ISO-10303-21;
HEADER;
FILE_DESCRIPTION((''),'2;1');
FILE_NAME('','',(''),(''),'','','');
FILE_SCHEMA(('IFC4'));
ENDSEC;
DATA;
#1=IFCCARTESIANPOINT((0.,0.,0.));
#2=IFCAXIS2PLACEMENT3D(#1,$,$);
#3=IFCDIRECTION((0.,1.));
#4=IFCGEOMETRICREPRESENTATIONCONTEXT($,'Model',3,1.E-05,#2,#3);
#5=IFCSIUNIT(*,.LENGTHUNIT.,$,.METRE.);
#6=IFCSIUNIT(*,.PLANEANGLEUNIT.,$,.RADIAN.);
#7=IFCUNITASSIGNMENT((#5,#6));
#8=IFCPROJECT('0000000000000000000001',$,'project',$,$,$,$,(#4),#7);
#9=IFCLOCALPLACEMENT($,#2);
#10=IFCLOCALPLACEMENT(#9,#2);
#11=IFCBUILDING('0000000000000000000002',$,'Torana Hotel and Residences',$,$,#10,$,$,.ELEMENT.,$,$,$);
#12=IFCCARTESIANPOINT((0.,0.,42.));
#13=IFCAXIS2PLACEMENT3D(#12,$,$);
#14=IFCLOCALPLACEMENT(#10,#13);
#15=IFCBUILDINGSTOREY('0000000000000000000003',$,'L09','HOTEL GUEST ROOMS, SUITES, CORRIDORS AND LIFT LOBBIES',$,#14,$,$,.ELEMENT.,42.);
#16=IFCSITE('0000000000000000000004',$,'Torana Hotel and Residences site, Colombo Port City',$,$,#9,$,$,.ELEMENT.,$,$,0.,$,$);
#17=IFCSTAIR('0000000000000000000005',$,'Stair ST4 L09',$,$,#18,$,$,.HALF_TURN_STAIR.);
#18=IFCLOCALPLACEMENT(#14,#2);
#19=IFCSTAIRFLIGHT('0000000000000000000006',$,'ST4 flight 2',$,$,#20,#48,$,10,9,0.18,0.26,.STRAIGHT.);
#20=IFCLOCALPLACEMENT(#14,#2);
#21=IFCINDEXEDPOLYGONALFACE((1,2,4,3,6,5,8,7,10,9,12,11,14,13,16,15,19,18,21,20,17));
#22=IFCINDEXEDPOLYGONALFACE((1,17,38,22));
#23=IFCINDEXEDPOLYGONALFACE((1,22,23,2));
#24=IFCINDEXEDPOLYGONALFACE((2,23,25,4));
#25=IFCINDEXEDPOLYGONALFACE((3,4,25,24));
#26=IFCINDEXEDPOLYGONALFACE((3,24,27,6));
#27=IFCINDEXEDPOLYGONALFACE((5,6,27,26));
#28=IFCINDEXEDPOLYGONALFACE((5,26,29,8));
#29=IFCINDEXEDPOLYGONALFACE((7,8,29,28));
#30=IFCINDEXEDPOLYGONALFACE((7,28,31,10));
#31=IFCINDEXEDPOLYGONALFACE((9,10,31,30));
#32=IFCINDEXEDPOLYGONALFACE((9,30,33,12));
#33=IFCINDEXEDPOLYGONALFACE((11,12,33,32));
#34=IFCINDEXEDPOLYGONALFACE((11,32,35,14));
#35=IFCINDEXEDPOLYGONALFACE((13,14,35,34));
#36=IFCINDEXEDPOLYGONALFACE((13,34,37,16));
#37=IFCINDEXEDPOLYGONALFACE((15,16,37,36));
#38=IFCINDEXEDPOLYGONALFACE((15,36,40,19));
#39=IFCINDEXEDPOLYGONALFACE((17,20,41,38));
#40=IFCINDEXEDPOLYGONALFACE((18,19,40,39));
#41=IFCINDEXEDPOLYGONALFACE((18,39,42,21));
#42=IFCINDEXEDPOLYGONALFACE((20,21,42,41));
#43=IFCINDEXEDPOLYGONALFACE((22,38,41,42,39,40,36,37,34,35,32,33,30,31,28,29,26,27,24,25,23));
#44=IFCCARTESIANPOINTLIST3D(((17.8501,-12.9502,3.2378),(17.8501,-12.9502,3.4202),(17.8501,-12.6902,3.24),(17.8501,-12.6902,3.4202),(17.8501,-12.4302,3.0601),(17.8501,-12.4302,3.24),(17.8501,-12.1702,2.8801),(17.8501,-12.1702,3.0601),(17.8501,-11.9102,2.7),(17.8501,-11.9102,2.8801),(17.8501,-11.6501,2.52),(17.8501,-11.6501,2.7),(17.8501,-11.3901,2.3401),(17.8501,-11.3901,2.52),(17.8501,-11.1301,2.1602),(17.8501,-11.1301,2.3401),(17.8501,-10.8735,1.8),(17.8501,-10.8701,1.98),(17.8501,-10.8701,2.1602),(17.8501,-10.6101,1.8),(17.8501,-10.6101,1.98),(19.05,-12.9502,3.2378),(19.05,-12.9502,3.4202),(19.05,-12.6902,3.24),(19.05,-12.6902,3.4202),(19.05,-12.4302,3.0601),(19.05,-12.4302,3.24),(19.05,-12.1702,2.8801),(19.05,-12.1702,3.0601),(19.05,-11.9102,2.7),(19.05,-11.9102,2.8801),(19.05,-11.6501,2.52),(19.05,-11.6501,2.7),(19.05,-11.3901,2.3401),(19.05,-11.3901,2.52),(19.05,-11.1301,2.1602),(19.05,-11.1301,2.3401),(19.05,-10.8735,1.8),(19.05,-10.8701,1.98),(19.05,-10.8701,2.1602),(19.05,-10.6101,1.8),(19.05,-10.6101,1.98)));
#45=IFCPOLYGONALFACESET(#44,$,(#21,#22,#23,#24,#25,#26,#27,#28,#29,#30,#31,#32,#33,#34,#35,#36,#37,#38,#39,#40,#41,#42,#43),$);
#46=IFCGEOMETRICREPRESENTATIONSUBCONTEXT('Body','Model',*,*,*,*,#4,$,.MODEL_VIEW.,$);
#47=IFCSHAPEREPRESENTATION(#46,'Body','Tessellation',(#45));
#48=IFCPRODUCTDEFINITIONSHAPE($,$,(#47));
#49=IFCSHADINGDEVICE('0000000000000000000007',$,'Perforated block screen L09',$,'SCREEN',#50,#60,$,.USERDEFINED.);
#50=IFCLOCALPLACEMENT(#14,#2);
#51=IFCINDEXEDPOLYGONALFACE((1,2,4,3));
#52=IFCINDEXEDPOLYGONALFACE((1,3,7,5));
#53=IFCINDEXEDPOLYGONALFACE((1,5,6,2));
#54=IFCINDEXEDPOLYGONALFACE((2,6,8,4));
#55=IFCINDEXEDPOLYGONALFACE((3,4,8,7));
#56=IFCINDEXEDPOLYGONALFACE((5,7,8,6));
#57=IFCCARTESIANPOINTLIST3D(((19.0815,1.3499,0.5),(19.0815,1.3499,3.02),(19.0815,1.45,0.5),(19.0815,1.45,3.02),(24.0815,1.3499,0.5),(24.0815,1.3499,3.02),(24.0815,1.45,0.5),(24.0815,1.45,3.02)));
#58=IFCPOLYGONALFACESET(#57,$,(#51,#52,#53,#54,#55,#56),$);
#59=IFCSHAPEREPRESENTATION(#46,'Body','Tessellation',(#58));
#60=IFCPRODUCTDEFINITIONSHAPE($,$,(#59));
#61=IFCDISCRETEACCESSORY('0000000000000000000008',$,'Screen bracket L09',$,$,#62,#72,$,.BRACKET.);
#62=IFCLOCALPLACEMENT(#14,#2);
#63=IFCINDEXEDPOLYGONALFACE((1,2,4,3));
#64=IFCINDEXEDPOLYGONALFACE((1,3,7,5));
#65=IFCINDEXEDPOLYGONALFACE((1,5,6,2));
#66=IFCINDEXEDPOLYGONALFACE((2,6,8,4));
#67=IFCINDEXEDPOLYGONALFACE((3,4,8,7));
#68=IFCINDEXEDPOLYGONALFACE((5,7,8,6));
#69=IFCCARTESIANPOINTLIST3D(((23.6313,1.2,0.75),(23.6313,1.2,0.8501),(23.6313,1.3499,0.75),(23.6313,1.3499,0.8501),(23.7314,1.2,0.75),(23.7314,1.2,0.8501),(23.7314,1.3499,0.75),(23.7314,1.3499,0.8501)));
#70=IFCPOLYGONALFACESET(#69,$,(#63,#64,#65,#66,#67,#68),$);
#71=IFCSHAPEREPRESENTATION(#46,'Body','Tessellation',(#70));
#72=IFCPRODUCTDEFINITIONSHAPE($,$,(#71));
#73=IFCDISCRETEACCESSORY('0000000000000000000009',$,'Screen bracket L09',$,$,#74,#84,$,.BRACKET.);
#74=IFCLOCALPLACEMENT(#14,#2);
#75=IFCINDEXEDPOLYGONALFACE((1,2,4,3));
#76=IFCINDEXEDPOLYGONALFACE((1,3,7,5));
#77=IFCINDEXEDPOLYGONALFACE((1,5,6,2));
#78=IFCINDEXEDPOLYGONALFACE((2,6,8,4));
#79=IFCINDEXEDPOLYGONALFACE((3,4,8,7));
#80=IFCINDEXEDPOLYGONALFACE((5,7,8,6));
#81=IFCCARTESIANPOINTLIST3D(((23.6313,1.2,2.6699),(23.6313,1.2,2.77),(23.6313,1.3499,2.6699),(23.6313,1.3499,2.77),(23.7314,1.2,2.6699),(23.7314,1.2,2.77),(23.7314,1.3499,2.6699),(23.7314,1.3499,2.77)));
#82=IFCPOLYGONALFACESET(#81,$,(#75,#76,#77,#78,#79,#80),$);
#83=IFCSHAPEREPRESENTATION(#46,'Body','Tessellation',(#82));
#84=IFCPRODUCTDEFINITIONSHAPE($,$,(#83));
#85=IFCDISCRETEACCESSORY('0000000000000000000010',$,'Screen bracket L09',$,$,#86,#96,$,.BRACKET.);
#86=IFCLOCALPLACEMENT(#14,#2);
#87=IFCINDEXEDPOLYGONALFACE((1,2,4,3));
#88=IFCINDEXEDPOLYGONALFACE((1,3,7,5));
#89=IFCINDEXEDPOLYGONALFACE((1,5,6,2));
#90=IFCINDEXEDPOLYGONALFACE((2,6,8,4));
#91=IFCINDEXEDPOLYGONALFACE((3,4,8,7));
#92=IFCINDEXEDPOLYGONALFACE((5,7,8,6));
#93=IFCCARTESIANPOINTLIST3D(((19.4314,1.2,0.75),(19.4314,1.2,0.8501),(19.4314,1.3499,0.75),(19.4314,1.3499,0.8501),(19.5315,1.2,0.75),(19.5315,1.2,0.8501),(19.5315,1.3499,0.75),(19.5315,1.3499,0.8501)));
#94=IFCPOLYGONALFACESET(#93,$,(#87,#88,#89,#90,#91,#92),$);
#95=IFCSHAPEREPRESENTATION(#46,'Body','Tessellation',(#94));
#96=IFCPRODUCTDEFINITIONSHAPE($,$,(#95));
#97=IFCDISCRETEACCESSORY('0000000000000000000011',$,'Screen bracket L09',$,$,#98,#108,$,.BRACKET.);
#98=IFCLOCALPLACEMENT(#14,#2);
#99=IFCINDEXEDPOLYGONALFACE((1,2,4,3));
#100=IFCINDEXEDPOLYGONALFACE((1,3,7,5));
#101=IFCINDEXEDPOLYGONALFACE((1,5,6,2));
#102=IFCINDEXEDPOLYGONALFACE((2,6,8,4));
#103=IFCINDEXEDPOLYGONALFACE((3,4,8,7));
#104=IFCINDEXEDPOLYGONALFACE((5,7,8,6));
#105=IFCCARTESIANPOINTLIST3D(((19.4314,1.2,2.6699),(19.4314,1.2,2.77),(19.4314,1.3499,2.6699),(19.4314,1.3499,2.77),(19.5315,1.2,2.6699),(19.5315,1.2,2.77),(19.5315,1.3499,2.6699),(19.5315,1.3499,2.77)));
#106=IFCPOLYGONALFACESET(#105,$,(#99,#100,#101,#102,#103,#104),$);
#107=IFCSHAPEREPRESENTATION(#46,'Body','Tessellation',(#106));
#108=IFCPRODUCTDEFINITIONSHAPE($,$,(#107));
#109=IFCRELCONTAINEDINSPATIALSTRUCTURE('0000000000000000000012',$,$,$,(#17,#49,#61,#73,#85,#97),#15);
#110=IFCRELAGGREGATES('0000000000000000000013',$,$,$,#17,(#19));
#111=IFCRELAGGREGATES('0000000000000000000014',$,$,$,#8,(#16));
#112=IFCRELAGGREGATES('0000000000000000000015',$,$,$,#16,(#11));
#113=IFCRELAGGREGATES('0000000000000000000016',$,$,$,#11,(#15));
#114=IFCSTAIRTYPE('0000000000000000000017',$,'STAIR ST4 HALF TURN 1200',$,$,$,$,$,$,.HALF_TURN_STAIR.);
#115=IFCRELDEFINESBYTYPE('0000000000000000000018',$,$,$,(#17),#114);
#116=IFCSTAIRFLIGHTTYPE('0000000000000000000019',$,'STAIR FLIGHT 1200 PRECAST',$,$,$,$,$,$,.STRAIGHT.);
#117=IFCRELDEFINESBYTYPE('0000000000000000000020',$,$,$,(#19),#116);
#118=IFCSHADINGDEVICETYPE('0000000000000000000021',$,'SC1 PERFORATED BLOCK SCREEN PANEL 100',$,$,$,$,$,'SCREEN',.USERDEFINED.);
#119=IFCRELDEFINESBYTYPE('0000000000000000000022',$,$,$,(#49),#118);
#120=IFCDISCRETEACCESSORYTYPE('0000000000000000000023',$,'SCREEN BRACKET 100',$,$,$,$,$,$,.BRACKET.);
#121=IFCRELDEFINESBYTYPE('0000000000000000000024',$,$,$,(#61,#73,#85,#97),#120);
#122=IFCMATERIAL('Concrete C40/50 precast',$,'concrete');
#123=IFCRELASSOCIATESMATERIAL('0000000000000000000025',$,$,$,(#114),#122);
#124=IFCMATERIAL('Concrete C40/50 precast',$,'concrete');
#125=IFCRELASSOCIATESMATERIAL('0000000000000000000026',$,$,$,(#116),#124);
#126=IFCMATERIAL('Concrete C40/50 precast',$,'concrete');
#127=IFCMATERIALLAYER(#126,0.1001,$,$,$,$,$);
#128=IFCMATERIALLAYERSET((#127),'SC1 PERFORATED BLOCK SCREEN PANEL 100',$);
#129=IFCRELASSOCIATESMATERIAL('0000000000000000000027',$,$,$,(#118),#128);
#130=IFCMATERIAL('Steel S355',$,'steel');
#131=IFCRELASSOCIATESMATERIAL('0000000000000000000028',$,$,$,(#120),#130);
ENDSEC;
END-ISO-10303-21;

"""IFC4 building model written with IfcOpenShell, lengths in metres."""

from ifc_helpers import new_model, si_unit, direction, frame, origin, origin_2d, place, context, subcontext, project, spatial, polyline, rectangle, outline, extrude, material, layer, layer_set, type_object, element, aggregate, save


model = new_model("IFC4")

# Units and contexts
model_context = context("Model", 3, precision=1e-05, world=origin(), true_north=direction((0.0, 1.0)))
body_context = subcontext(model_context, "Body", "Model", "MODEL_VIEW")
ifc_project = project(units=[si_unit("LENGTHUNIT", "METRE"), si_unit("PLANEANGLEUNIT", "RADIAN")], contexts=[model_context])

# Site, building, storey
site_placement = place(None, origin())
site = spatial("IfcSite", under=ifc_project, at=site_placement, Name="Torana Hotel and Residences site, Colombo Port City", CompositionType="ELEMENT", RefElevation=0.0)
building_placement = place(site_placement, origin())
building = spatial("IfcBuilding", under=site, at=building_placement, Name="Torana Hotel and Residences", CompositionType="ELEMENT")
storey_placement = place(building_placement, frame((0.0, 0.0, 42.0)))
storey = spatial("IfcBuildingStorey", under=building, at=storey_placement, Name="L09", Description="HOTEL GUEST ROOMS, SUITES, CORRIDORS AND LIFT LOBBIES", CompositionType="ELEMENT", Elevation=42.0)

# Stair, stair flight
ifc_material_1 = material(Name="Concrete C40/50 precast", Category="concrete")
stair_type = type_object("IfcStairType", Name="STAIR ST4 HALF TURN 1200", PredefinedType="HALF_TURN_STAIR", material=ifc_material_1)
stair_placement = place(storey_placement, origin())
stair = element("IfcStair", 1, at=stair_placement, inside=storey, type_object=stair_type, Name="Stair ST4 L09", PredefinedType="HALF_TURN_STAIR")
ifc_material_2 = material(Name="Concrete C40/50 precast", Category="concrete")
stair_flight_type = type_object("IfcStairFlightType", Name="STAIR FLIGHT 1200 PRECAST", PredefinedType="STRAIGHT", material=ifc_material_2)
stair_flight_1_placement = place(storey_placement, frame((18.45, -10.6101, 1.8), z_axis=(0.0, 0.0, 1.0), x_axis=(0.0, -1.0, 0.0)))
stair_flight_1 = element("IfcStairFlight", 2, at=stair_flight_1_placement, type_object=stair_flight_type, Name="ST4 flight 2", NumberOfRisers=10, NumberOfTreads=9, PredefinedType="STRAIGHT", RiserHeight=0.18, TreadLength=0.26, context=body_context, shape_type="SweptSolid", body=[
    extrude(outline(polyline([(0.0, 0.0), (0.0, 0.1799), (0.26, 0.1799), (0.26, 0.3601), (0.52, 0.3601), (0.52, 0.54), (0.78, 0.54), (0.78, 0.72), (1.04, 0.72), (1.04, 0.8999), (1.3, 0.8999), (1.3, 1.0801), (1.5601, 1.0801), (1.5601, 1.26), (1.8201, 1.26), (1.8201, 1.4399), (2.0801, 1.4399), (2.0801, 1.6201), (2.3401, 1.6201), (2.3401, 1.8), (2.3401, 1.4377), (0.2634, 0.0), (0.0, 0.0)])), frame((0.0, 0.6001, 0.0), z_axis=(0.0, -1.0, 0.0), x_axis=(1.0, 0.0, 0.0)), (0.0, 0.0, 1.0), 1.2),
])
aggregate(stair, [stair_flight_1])

# Shading device
ifc_material_3 = material(Name="Concrete C40/50 precast", Category="concrete")
ifc_layer_1 = layer(ifc_material_3, 0.1001)
ifc_layer_set_1 = layer_set([ifc_layer_1], Name="SC1 PERFORATED BLOCK SCREEN PANEL 100")
shading_device_type = type_object("IfcShadingDeviceType", Name="SC1 PERFORATED BLOCK SCREEN PANEL 100", ElementType="SCREEN", PredefinedType="USERDEFINED", material=ifc_layer_set_1)
shading_device_placement = place(storey_placement, frame((21.5815, 1.3999, 0.5), z_axis=(0.0, 0.0, 1.0), x_axis=(-1.0, 0.0, 0.0)))
element("IfcShadingDevice", 3, at=shading_device_placement, inside=storey, type_object=shading_device_type, Name="Perforated block screen L09", ObjectType="SCREEN", PredefinedType="USERDEFINED", context=body_context, shape_type="SweptSolid", body=[
    extrude(rectangle(XDim=5.0, YDim=0.1001, at=origin_2d()), origin(), (0.0, 0.0, 1.0), 2.52),
])

# Discrete accessories
ifc_material_4 = material(Name="Steel S355", Category="steel")
discrete_accessory_type = type_object("IfcDiscreteAccessoryType", Name="SCREEN BRACKET 100", PredefinedType="BRACKET", material=ifc_material_4)
for number, where, z_axis, x_axis, name in (
    (4, (23.6814, 1.2749, 0.75), (0.0, 0.0, 1.0), (-1.0, 0.0, 0.0), "Screen bracket L09"),
    (5, (23.6814, 1.2749, 2.6699), (0.0, 0.0, 1.0), (-1.0, 0.0, 0.0), "Screen bracket L09"),
    (6, (19.4814, 1.2749, 0.75), (0.0, 0.0, 1.0), (-1.0, 0.0, 0.0), "Screen bracket L09"),
    (7, (19.4814, 1.2749, 2.6699), (0.0, 0.0, 1.0), (-1.0, 0.0, 0.0), "Screen bracket L09"),
):
    element("IfcDiscreteAccessory", number, at=place(storey_placement, frame(where, z_axis=z_axis, x_axis=x_axis)), inside=storey, type_object=discrete_accessory_type, Name=name, PredefinedType="BRACKET", context=body_context, shape_type="SweptSolid", body=[
        extrude(rectangle(XDim=0.1001, YDim=0.1499, at=origin_2d()), origin(), (0.0, 0.0, 1.0), 0.1001),
    ])

save(model, "model.ifc")
